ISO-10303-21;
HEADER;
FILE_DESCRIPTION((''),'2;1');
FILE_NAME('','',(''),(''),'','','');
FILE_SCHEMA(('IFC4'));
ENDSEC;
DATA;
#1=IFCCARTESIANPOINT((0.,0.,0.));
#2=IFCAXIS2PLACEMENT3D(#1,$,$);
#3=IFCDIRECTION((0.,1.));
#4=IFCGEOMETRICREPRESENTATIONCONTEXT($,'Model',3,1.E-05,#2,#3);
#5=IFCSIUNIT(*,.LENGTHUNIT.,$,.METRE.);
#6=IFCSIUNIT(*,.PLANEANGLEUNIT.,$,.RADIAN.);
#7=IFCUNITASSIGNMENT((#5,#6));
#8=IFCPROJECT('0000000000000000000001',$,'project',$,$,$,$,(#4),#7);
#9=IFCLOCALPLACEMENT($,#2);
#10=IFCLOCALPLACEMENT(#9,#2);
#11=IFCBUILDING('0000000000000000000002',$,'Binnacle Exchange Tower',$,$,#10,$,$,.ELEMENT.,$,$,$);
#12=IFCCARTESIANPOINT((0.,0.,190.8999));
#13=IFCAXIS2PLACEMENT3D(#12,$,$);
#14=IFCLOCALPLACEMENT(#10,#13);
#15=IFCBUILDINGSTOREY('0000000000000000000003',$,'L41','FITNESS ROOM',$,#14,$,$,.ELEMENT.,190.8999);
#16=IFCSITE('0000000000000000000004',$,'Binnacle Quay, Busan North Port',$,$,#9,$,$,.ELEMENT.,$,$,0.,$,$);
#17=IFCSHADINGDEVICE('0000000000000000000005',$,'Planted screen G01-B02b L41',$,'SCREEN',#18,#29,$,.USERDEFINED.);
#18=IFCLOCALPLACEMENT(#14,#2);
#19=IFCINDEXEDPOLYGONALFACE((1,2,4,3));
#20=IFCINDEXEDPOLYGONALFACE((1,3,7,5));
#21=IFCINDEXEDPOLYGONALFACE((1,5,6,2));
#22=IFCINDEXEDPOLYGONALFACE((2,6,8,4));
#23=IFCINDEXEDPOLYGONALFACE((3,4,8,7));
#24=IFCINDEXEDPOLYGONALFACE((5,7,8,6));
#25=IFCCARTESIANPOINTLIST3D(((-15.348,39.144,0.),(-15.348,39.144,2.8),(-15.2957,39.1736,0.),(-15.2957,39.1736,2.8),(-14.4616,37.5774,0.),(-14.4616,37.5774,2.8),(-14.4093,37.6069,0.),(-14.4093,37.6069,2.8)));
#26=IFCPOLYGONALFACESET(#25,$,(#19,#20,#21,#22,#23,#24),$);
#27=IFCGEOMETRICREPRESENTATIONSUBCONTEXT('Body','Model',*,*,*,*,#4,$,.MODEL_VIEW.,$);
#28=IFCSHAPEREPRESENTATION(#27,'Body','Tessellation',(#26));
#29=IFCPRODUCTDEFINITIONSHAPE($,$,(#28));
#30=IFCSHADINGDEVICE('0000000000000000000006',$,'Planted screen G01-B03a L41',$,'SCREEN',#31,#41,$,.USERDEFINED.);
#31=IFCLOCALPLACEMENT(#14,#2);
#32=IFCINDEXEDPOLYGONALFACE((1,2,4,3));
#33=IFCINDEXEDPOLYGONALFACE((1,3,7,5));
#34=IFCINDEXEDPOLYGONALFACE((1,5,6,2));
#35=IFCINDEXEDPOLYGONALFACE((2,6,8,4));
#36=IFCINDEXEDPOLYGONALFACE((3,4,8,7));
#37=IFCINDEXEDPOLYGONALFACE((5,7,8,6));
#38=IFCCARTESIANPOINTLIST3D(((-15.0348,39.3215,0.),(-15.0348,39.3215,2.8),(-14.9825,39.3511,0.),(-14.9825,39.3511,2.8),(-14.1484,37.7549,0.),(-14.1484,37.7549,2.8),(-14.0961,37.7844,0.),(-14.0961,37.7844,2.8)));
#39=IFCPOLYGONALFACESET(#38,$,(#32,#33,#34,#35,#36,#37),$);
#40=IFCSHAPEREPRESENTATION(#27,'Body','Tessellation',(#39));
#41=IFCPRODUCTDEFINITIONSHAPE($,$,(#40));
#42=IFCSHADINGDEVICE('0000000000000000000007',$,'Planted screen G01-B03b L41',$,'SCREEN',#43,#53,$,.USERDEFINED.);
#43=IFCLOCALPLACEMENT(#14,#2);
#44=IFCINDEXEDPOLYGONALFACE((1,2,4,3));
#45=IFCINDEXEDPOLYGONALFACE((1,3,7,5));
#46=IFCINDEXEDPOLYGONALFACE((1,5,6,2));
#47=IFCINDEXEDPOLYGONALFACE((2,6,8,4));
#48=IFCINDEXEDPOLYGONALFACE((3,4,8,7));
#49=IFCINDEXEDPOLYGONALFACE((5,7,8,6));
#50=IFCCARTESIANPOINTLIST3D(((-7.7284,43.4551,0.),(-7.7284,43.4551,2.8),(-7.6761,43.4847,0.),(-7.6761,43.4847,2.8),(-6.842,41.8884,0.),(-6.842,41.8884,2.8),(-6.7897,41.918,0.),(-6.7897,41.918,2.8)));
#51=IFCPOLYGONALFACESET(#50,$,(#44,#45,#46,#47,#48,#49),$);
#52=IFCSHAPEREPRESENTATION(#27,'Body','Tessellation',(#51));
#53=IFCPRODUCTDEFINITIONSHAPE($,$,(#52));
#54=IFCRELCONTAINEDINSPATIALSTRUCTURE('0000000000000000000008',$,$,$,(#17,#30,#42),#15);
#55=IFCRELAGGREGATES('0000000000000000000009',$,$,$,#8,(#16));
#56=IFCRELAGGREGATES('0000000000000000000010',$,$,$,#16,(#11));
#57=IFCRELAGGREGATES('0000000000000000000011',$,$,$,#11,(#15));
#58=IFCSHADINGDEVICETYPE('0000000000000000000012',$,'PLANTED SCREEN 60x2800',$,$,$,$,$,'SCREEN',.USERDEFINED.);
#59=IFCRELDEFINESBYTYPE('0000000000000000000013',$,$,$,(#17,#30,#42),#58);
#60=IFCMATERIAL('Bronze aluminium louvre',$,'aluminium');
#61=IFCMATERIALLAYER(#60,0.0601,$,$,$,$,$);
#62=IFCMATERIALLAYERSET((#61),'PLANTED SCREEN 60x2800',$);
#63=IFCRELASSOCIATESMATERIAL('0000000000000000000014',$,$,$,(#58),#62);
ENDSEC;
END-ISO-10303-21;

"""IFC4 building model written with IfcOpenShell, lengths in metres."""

from ifc_helpers import new_model, si_unit, direction, frame, origin, origin_2d, place, context, subcontext, project, spatial, rectangle, extrude, material, layer, layer_set, type_object, element, save


model = new_model("IFC4")

# Units and contexts
model_context = context("Model", 3, precision=1e-05, world=origin(), true_north=direction((0.0, 1.0)))
body_context = subcontext(model_context, "Body", "Model", "MODEL_VIEW")
ifc_project = project(units=[si_unit("LENGTHUNIT", "METRE"), si_unit("PLANEANGLEUNIT", "RADIAN")], contexts=[model_context])

# Site, building, storey
site_placement = place(None, origin())
site = spatial("IfcSite", under=ifc_project, at=site_placement, Name="Binnacle Quay, Busan North Port", CompositionType="ELEMENT", RefElevation=0.0)
building_placement = place(site_placement, origin())
building = spatial("IfcBuilding", under=site, at=building_placement, Name="Binnacle Exchange Tower", CompositionType="ELEMENT")
storey_placement = place(building_placement, frame((0.0, 0.0, 190.8999)))
storey = spatial("IfcBuildingStorey", under=building, at=storey_placement, Name="L41", Description="FITNESS ROOM", CompositionType="ELEMENT", Elevation=190.8999)

# Shading devices
ifc_material_1 = material(Name="Bronze aluminium louvre", Category="aluminium")
ifc_layer_1 = layer(ifc_material_1, 0.0601)
ifc_layer_set_1 = layer_set([ifc_layer_1], Name="PLANTED SCREEN 60x2800")
shading_device_type = type_object("IfcShadingDeviceType", Name="PLANTED SCREEN 60x2800", ElementType="SCREEN", PredefinedType="USERDEFINED", material=ifc_layer_set_1)
for number, where, z_axis, x_axis, name in (
    (1, (-14.8787, 38.3755, 0.0), (0.0, 0.0, 1.0), (0.870356, 0.492424, 0.0), "Planted screen G01-B02b L41"),
    (2, (-14.5654, 38.553, 0.0), (0.0, 0.0, 1.0), (0.870356, 0.492424, 0.0), "Planted screen G01-B03a L41"),
    (3, (-7.259, 42.6865, 0.0), (0.0, 0.0, 1.0), (0.870356, 0.492424, 0.0), "Planted screen G01-B03b L41"),
):
    element("IfcShadingDevice", number, at=place(storey_placement, frame(where, z_axis=z_axis, x_axis=x_axis)), inside=storey, type_object=shading_device_type, Name=name, ObjectType="SCREEN", PredefinedType="USERDEFINED", context=body_context, shape_type="SweptSolid", body=[
        extrude(rectangle(XDim=0.0601, YDim=1.8, at=origin_2d()), origin(), (0.0, 0.0, 1.0), 2.8),
    ])

save(model, "model.ifc")
